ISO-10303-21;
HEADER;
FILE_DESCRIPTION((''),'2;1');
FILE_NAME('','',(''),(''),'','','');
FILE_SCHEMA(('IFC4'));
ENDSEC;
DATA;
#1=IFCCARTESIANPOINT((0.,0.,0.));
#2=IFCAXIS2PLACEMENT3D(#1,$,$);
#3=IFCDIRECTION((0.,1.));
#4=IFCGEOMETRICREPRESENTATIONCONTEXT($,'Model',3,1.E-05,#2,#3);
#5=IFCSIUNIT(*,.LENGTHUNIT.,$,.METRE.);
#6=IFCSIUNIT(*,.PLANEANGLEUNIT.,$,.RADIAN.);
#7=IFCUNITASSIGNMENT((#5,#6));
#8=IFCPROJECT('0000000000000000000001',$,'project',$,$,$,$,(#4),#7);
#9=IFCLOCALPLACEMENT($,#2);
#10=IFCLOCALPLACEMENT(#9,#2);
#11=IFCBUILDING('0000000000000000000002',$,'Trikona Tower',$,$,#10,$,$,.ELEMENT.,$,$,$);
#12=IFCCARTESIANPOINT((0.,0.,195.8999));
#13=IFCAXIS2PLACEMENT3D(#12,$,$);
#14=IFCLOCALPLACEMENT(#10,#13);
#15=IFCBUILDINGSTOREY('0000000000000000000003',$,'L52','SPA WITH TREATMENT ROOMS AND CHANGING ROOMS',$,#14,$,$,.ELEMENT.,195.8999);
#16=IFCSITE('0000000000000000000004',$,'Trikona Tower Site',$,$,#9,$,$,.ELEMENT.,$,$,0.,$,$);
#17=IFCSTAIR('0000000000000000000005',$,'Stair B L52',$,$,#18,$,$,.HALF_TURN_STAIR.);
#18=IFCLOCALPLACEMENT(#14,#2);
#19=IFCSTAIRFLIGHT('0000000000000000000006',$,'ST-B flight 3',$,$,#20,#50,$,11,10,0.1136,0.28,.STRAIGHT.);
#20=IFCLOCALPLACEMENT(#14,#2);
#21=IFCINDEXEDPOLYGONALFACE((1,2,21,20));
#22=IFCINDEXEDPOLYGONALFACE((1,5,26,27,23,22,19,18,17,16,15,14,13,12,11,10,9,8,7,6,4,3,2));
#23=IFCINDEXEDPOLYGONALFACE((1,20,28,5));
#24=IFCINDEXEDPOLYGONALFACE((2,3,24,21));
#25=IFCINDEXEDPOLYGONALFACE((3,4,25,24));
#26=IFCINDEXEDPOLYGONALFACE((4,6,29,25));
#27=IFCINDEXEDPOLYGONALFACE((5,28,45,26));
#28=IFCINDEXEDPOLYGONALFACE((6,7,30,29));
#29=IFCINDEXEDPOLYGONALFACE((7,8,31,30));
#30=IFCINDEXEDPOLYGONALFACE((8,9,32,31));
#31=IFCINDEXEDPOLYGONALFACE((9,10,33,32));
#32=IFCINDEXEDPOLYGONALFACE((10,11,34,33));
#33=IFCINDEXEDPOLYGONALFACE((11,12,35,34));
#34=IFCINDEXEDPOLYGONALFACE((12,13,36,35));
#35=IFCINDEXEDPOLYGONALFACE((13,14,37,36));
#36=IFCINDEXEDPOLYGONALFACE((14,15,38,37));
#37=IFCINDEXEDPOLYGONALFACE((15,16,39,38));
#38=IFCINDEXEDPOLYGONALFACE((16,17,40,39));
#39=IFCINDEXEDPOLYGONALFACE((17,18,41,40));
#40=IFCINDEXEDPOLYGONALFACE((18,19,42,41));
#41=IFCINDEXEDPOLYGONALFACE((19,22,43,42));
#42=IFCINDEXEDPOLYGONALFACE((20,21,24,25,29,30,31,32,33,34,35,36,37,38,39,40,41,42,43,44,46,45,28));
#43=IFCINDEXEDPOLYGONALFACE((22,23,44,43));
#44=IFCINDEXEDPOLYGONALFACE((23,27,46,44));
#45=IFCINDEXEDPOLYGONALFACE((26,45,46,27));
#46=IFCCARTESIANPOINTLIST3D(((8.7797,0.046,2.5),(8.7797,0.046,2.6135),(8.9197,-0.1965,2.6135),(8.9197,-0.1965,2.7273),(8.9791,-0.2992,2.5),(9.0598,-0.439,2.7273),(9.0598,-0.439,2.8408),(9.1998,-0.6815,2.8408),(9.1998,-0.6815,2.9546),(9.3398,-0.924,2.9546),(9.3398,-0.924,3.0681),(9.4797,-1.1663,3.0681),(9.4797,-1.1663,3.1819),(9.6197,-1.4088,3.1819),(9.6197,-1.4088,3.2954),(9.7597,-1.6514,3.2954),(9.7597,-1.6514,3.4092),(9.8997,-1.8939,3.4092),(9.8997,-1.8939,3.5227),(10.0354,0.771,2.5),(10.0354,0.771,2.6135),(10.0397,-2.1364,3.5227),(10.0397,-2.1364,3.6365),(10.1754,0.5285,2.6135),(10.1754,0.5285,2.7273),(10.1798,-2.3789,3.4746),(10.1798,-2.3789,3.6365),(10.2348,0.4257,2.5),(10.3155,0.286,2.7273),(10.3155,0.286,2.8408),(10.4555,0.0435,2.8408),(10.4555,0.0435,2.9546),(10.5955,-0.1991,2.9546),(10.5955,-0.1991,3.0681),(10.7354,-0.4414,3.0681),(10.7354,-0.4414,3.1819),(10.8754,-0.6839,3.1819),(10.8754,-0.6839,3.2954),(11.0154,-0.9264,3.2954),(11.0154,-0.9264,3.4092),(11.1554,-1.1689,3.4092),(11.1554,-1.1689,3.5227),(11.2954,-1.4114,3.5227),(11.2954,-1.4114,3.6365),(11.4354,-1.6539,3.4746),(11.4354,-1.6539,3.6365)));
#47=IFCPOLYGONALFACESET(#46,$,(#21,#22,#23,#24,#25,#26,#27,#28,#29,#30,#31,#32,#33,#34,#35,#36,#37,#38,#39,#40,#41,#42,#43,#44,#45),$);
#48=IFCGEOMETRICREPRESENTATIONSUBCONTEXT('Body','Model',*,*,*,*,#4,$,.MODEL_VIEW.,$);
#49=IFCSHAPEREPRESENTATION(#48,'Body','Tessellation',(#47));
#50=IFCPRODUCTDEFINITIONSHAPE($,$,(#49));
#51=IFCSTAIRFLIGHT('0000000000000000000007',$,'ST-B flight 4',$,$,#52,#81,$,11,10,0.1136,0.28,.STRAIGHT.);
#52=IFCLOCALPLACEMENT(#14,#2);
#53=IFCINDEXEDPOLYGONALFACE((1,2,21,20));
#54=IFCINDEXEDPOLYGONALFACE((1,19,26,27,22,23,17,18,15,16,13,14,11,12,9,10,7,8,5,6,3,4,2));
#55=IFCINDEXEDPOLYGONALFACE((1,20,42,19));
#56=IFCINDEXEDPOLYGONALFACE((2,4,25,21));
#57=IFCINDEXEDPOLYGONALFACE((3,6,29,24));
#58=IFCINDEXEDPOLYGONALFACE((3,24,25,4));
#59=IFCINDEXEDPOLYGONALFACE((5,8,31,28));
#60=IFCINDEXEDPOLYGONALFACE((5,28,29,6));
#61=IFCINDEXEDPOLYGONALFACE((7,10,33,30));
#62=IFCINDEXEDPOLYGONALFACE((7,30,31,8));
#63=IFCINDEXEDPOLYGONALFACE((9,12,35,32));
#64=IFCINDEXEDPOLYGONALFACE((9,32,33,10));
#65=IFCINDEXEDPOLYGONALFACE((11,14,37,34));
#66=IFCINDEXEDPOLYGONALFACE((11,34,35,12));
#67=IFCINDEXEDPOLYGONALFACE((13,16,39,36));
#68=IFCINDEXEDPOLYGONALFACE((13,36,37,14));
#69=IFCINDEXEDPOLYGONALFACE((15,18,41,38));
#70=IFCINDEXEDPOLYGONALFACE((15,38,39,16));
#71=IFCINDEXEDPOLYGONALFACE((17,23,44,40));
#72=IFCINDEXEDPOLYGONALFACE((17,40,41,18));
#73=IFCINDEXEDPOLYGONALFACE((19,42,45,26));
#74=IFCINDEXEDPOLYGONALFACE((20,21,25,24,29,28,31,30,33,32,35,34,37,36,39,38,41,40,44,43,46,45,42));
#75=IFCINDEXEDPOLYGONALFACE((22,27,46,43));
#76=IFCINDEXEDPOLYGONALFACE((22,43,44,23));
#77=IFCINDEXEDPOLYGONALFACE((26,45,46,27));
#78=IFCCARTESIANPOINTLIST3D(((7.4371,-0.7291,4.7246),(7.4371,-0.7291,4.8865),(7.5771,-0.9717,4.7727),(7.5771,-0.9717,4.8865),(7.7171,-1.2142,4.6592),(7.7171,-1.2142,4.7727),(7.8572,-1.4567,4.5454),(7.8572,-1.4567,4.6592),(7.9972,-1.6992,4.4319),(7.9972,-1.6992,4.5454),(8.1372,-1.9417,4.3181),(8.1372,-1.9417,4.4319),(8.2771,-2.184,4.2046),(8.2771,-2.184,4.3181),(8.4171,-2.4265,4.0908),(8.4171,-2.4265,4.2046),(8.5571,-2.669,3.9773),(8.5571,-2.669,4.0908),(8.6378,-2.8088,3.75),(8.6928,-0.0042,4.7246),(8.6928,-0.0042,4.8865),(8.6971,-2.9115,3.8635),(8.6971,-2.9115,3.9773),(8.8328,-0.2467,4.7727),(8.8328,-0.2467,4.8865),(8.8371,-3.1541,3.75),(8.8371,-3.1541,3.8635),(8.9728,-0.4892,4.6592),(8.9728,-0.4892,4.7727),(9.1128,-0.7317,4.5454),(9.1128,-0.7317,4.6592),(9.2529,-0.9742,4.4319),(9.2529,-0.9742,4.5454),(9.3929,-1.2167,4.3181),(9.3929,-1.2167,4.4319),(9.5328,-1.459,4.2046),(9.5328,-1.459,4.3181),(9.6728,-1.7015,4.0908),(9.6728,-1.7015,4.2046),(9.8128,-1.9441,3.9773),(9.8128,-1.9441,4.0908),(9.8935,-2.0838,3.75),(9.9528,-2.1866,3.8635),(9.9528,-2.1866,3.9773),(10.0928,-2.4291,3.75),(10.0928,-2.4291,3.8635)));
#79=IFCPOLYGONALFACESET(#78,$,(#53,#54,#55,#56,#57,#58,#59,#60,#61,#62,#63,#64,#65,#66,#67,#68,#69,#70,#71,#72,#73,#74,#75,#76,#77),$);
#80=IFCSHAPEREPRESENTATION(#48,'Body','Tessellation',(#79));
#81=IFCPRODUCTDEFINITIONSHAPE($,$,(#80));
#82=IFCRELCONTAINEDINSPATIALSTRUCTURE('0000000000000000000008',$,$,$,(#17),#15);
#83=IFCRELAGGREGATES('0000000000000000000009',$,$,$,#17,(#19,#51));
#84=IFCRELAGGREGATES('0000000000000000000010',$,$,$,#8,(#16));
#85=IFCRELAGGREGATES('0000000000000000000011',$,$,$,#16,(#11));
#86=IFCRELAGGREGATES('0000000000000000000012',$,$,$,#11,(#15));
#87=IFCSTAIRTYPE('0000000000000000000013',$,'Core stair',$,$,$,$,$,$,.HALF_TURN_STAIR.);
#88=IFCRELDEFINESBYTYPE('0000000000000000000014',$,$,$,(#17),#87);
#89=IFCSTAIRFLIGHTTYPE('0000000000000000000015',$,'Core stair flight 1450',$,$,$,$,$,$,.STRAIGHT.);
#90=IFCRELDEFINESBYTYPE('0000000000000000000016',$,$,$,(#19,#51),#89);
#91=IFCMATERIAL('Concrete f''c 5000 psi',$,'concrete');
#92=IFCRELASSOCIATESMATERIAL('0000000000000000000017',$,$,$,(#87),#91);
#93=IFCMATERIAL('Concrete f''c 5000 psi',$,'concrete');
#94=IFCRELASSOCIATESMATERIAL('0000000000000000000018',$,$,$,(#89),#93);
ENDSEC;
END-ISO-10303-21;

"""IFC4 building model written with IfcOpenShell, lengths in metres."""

from ifc_helpers import new_model, si_unit, direction, frame, origin, place, context, subcontext, project, spatial, polyline, outline, extrude, material, type_object, element, aggregate, save


model = new_model("IFC4")

# Units and contexts
model_context = context("Model", 3, precision=1e-05, world=origin(), true_north=direction((0.0, 1.0)))
body_context = subcontext(model_context, "Body", "Model", "MODEL_VIEW")
ifc_project = project(units=[si_unit("LENGTHUNIT", "METRE"), si_unit("PLANEANGLEUNIT", "RADIAN")], contexts=[model_context])

# Site, building, storey
site_placement = place(None, origin())
site = spatial("IfcSite", under=ifc_project, at=site_placement, Name="Trikona Tower Site", CompositionType="ELEMENT", RefElevation=0.0)
building_placement = place(site_placement, origin())
building = spatial("IfcBuilding", under=site, at=building_placement, Name="Trikona Tower", CompositionType="ELEMENT")
storey_placement = place(building_placement, frame((0.0, 0.0, 195.8999)))
storey = spatial("IfcBuildingStorey", under=building, at=storey_placement, Name="L52", Description="SPA WITH TREATMENT ROOMS AND CHANGING ROOMS", CompositionType="ELEMENT", Elevation=195.8999)

# Stair
ifc_material_1 = material(Name="Concrete f'c 5000 psi", Category="concrete")
stair_type = type_object("IfcStairType", Name="Core stair", PredefinedType="HALF_TURN_STAIR", material=ifc_material_1)
stair_1_placement = place(storey_placement, origin())
stair_1 = element("IfcStair", 1, at=stair_1_placement, inside=storey, type_object=stair_type, Name="Stair B L52", PredefinedType="HALF_TURN_STAIR")

# Stair flights
ifc_material_2 = material(Name="Concrete f'c 5000 psi", Category="concrete")
stair_flight_type = type_object("IfcStairFlightType", Name="Core stair flight 1450", PredefinedType="STRAIGHT", material=ifc_material_2)
stair_flight_1_placement = place(storey_placement, frame((9.4075, 0.4084, 2.5), z_axis=(0.0, 0.0, 1.0), x_axis=(0.5, -0.866025, 0.0)))
stair_flight_1 = element("IfcStairFlight", 2, at=stair_flight_1_placement, type_object=stair_flight_type, Name="ST-B flight 3", NumberOfRisers=11, NumberOfTreads=10, PredefinedType="STRAIGHT", RiserHeight=0.1136, TreadLength=0.28, context=body_context, shape_type="SweptSolid", body=[
    extrude(outline(polyline([(0.0, 0.0), (0.0, 0.1135), (0.28, 0.1135), (0.28, 0.2273), (0.5601, 0.2273), (0.5601, 0.3408), (0.8401, 0.3408), (0.8401, 0.4546), (1.1201, 0.4546), (1.1201, 0.5681), (1.3999, 0.5681), (1.3999, 0.6819), (1.6799, 0.6819), (1.6799, 0.7954), (1.96, 0.7954), (1.96, 0.9092), (2.24, 0.9092), (2.24, 1.0227), (2.52, 1.0227), (2.52, 1.1365), (2.8, 1.1365), (2.8, 1.25), (2.8, 0.9746), (0.3987, 0.0), (0.0, 0.0)])), frame((0.0, 0.7251, 0.0), z_axis=(0.0, -1.0, 0.0), x_axis=(1.0, 0.0, 0.0)), (0.0, 0.0, 1.0), 1.45),
])
stair_flight_2_placement = place(storey_placement, frame((9.4651, -2.7915, 3.75), z_axis=(0.0, 0.0, 1.0), x_axis=(-0.5, 0.866025, 0.0)))
stair_flight_2 = element("IfcStairFlight", 3, at=stair_flight_2_placement, type_object=stair_flight_type, Name="ST-B flight 4", NumberOfRisers=11, NumberOfTreads=10, PredefinedType="STRAIGHT", RiserHeight=0.1136, TreadLength=0.28, context=body_context, shape_type="SweptSolid", body=[
    extrude(outline(polyline([(0.0, 0.0), (0.0, 0.1135), (0.28, 0.1135), (0.28, 0.2273), (0.5601, 0.2273), (0.5601, 0.3408), (0.8401, 0.3408), (0.8401, 0.4546), (1.1201, 0.4546), (1.1201, 0.5681), (1.3999, 0.5681), (1.3999, 0.6819), (1.6799, 0.6819), (1.6799, 0.7954), (1.96, 0.7954), (1.96, 0.9092), (2.24, 0.9092), (2.24, 1.0227), (2.52, 1.0227), (2.52, 1.1365), (2.8, 1.1365), (2.8, 1.25), (2.8, 0.9746), (0.3987, 0.0), (0.0, 0.0)])), frame((0.0, 0.7251, 0.0), z_axis=(0.0, -1.0, 0.0), x_axis=(1.0, 0.0, 0.0)), (0.0, 0.0, 1.0), 1.45),
])
aggregate(stair_1, [stair_flight_1, stair_flight_2])

save(model, "model.ifc")
